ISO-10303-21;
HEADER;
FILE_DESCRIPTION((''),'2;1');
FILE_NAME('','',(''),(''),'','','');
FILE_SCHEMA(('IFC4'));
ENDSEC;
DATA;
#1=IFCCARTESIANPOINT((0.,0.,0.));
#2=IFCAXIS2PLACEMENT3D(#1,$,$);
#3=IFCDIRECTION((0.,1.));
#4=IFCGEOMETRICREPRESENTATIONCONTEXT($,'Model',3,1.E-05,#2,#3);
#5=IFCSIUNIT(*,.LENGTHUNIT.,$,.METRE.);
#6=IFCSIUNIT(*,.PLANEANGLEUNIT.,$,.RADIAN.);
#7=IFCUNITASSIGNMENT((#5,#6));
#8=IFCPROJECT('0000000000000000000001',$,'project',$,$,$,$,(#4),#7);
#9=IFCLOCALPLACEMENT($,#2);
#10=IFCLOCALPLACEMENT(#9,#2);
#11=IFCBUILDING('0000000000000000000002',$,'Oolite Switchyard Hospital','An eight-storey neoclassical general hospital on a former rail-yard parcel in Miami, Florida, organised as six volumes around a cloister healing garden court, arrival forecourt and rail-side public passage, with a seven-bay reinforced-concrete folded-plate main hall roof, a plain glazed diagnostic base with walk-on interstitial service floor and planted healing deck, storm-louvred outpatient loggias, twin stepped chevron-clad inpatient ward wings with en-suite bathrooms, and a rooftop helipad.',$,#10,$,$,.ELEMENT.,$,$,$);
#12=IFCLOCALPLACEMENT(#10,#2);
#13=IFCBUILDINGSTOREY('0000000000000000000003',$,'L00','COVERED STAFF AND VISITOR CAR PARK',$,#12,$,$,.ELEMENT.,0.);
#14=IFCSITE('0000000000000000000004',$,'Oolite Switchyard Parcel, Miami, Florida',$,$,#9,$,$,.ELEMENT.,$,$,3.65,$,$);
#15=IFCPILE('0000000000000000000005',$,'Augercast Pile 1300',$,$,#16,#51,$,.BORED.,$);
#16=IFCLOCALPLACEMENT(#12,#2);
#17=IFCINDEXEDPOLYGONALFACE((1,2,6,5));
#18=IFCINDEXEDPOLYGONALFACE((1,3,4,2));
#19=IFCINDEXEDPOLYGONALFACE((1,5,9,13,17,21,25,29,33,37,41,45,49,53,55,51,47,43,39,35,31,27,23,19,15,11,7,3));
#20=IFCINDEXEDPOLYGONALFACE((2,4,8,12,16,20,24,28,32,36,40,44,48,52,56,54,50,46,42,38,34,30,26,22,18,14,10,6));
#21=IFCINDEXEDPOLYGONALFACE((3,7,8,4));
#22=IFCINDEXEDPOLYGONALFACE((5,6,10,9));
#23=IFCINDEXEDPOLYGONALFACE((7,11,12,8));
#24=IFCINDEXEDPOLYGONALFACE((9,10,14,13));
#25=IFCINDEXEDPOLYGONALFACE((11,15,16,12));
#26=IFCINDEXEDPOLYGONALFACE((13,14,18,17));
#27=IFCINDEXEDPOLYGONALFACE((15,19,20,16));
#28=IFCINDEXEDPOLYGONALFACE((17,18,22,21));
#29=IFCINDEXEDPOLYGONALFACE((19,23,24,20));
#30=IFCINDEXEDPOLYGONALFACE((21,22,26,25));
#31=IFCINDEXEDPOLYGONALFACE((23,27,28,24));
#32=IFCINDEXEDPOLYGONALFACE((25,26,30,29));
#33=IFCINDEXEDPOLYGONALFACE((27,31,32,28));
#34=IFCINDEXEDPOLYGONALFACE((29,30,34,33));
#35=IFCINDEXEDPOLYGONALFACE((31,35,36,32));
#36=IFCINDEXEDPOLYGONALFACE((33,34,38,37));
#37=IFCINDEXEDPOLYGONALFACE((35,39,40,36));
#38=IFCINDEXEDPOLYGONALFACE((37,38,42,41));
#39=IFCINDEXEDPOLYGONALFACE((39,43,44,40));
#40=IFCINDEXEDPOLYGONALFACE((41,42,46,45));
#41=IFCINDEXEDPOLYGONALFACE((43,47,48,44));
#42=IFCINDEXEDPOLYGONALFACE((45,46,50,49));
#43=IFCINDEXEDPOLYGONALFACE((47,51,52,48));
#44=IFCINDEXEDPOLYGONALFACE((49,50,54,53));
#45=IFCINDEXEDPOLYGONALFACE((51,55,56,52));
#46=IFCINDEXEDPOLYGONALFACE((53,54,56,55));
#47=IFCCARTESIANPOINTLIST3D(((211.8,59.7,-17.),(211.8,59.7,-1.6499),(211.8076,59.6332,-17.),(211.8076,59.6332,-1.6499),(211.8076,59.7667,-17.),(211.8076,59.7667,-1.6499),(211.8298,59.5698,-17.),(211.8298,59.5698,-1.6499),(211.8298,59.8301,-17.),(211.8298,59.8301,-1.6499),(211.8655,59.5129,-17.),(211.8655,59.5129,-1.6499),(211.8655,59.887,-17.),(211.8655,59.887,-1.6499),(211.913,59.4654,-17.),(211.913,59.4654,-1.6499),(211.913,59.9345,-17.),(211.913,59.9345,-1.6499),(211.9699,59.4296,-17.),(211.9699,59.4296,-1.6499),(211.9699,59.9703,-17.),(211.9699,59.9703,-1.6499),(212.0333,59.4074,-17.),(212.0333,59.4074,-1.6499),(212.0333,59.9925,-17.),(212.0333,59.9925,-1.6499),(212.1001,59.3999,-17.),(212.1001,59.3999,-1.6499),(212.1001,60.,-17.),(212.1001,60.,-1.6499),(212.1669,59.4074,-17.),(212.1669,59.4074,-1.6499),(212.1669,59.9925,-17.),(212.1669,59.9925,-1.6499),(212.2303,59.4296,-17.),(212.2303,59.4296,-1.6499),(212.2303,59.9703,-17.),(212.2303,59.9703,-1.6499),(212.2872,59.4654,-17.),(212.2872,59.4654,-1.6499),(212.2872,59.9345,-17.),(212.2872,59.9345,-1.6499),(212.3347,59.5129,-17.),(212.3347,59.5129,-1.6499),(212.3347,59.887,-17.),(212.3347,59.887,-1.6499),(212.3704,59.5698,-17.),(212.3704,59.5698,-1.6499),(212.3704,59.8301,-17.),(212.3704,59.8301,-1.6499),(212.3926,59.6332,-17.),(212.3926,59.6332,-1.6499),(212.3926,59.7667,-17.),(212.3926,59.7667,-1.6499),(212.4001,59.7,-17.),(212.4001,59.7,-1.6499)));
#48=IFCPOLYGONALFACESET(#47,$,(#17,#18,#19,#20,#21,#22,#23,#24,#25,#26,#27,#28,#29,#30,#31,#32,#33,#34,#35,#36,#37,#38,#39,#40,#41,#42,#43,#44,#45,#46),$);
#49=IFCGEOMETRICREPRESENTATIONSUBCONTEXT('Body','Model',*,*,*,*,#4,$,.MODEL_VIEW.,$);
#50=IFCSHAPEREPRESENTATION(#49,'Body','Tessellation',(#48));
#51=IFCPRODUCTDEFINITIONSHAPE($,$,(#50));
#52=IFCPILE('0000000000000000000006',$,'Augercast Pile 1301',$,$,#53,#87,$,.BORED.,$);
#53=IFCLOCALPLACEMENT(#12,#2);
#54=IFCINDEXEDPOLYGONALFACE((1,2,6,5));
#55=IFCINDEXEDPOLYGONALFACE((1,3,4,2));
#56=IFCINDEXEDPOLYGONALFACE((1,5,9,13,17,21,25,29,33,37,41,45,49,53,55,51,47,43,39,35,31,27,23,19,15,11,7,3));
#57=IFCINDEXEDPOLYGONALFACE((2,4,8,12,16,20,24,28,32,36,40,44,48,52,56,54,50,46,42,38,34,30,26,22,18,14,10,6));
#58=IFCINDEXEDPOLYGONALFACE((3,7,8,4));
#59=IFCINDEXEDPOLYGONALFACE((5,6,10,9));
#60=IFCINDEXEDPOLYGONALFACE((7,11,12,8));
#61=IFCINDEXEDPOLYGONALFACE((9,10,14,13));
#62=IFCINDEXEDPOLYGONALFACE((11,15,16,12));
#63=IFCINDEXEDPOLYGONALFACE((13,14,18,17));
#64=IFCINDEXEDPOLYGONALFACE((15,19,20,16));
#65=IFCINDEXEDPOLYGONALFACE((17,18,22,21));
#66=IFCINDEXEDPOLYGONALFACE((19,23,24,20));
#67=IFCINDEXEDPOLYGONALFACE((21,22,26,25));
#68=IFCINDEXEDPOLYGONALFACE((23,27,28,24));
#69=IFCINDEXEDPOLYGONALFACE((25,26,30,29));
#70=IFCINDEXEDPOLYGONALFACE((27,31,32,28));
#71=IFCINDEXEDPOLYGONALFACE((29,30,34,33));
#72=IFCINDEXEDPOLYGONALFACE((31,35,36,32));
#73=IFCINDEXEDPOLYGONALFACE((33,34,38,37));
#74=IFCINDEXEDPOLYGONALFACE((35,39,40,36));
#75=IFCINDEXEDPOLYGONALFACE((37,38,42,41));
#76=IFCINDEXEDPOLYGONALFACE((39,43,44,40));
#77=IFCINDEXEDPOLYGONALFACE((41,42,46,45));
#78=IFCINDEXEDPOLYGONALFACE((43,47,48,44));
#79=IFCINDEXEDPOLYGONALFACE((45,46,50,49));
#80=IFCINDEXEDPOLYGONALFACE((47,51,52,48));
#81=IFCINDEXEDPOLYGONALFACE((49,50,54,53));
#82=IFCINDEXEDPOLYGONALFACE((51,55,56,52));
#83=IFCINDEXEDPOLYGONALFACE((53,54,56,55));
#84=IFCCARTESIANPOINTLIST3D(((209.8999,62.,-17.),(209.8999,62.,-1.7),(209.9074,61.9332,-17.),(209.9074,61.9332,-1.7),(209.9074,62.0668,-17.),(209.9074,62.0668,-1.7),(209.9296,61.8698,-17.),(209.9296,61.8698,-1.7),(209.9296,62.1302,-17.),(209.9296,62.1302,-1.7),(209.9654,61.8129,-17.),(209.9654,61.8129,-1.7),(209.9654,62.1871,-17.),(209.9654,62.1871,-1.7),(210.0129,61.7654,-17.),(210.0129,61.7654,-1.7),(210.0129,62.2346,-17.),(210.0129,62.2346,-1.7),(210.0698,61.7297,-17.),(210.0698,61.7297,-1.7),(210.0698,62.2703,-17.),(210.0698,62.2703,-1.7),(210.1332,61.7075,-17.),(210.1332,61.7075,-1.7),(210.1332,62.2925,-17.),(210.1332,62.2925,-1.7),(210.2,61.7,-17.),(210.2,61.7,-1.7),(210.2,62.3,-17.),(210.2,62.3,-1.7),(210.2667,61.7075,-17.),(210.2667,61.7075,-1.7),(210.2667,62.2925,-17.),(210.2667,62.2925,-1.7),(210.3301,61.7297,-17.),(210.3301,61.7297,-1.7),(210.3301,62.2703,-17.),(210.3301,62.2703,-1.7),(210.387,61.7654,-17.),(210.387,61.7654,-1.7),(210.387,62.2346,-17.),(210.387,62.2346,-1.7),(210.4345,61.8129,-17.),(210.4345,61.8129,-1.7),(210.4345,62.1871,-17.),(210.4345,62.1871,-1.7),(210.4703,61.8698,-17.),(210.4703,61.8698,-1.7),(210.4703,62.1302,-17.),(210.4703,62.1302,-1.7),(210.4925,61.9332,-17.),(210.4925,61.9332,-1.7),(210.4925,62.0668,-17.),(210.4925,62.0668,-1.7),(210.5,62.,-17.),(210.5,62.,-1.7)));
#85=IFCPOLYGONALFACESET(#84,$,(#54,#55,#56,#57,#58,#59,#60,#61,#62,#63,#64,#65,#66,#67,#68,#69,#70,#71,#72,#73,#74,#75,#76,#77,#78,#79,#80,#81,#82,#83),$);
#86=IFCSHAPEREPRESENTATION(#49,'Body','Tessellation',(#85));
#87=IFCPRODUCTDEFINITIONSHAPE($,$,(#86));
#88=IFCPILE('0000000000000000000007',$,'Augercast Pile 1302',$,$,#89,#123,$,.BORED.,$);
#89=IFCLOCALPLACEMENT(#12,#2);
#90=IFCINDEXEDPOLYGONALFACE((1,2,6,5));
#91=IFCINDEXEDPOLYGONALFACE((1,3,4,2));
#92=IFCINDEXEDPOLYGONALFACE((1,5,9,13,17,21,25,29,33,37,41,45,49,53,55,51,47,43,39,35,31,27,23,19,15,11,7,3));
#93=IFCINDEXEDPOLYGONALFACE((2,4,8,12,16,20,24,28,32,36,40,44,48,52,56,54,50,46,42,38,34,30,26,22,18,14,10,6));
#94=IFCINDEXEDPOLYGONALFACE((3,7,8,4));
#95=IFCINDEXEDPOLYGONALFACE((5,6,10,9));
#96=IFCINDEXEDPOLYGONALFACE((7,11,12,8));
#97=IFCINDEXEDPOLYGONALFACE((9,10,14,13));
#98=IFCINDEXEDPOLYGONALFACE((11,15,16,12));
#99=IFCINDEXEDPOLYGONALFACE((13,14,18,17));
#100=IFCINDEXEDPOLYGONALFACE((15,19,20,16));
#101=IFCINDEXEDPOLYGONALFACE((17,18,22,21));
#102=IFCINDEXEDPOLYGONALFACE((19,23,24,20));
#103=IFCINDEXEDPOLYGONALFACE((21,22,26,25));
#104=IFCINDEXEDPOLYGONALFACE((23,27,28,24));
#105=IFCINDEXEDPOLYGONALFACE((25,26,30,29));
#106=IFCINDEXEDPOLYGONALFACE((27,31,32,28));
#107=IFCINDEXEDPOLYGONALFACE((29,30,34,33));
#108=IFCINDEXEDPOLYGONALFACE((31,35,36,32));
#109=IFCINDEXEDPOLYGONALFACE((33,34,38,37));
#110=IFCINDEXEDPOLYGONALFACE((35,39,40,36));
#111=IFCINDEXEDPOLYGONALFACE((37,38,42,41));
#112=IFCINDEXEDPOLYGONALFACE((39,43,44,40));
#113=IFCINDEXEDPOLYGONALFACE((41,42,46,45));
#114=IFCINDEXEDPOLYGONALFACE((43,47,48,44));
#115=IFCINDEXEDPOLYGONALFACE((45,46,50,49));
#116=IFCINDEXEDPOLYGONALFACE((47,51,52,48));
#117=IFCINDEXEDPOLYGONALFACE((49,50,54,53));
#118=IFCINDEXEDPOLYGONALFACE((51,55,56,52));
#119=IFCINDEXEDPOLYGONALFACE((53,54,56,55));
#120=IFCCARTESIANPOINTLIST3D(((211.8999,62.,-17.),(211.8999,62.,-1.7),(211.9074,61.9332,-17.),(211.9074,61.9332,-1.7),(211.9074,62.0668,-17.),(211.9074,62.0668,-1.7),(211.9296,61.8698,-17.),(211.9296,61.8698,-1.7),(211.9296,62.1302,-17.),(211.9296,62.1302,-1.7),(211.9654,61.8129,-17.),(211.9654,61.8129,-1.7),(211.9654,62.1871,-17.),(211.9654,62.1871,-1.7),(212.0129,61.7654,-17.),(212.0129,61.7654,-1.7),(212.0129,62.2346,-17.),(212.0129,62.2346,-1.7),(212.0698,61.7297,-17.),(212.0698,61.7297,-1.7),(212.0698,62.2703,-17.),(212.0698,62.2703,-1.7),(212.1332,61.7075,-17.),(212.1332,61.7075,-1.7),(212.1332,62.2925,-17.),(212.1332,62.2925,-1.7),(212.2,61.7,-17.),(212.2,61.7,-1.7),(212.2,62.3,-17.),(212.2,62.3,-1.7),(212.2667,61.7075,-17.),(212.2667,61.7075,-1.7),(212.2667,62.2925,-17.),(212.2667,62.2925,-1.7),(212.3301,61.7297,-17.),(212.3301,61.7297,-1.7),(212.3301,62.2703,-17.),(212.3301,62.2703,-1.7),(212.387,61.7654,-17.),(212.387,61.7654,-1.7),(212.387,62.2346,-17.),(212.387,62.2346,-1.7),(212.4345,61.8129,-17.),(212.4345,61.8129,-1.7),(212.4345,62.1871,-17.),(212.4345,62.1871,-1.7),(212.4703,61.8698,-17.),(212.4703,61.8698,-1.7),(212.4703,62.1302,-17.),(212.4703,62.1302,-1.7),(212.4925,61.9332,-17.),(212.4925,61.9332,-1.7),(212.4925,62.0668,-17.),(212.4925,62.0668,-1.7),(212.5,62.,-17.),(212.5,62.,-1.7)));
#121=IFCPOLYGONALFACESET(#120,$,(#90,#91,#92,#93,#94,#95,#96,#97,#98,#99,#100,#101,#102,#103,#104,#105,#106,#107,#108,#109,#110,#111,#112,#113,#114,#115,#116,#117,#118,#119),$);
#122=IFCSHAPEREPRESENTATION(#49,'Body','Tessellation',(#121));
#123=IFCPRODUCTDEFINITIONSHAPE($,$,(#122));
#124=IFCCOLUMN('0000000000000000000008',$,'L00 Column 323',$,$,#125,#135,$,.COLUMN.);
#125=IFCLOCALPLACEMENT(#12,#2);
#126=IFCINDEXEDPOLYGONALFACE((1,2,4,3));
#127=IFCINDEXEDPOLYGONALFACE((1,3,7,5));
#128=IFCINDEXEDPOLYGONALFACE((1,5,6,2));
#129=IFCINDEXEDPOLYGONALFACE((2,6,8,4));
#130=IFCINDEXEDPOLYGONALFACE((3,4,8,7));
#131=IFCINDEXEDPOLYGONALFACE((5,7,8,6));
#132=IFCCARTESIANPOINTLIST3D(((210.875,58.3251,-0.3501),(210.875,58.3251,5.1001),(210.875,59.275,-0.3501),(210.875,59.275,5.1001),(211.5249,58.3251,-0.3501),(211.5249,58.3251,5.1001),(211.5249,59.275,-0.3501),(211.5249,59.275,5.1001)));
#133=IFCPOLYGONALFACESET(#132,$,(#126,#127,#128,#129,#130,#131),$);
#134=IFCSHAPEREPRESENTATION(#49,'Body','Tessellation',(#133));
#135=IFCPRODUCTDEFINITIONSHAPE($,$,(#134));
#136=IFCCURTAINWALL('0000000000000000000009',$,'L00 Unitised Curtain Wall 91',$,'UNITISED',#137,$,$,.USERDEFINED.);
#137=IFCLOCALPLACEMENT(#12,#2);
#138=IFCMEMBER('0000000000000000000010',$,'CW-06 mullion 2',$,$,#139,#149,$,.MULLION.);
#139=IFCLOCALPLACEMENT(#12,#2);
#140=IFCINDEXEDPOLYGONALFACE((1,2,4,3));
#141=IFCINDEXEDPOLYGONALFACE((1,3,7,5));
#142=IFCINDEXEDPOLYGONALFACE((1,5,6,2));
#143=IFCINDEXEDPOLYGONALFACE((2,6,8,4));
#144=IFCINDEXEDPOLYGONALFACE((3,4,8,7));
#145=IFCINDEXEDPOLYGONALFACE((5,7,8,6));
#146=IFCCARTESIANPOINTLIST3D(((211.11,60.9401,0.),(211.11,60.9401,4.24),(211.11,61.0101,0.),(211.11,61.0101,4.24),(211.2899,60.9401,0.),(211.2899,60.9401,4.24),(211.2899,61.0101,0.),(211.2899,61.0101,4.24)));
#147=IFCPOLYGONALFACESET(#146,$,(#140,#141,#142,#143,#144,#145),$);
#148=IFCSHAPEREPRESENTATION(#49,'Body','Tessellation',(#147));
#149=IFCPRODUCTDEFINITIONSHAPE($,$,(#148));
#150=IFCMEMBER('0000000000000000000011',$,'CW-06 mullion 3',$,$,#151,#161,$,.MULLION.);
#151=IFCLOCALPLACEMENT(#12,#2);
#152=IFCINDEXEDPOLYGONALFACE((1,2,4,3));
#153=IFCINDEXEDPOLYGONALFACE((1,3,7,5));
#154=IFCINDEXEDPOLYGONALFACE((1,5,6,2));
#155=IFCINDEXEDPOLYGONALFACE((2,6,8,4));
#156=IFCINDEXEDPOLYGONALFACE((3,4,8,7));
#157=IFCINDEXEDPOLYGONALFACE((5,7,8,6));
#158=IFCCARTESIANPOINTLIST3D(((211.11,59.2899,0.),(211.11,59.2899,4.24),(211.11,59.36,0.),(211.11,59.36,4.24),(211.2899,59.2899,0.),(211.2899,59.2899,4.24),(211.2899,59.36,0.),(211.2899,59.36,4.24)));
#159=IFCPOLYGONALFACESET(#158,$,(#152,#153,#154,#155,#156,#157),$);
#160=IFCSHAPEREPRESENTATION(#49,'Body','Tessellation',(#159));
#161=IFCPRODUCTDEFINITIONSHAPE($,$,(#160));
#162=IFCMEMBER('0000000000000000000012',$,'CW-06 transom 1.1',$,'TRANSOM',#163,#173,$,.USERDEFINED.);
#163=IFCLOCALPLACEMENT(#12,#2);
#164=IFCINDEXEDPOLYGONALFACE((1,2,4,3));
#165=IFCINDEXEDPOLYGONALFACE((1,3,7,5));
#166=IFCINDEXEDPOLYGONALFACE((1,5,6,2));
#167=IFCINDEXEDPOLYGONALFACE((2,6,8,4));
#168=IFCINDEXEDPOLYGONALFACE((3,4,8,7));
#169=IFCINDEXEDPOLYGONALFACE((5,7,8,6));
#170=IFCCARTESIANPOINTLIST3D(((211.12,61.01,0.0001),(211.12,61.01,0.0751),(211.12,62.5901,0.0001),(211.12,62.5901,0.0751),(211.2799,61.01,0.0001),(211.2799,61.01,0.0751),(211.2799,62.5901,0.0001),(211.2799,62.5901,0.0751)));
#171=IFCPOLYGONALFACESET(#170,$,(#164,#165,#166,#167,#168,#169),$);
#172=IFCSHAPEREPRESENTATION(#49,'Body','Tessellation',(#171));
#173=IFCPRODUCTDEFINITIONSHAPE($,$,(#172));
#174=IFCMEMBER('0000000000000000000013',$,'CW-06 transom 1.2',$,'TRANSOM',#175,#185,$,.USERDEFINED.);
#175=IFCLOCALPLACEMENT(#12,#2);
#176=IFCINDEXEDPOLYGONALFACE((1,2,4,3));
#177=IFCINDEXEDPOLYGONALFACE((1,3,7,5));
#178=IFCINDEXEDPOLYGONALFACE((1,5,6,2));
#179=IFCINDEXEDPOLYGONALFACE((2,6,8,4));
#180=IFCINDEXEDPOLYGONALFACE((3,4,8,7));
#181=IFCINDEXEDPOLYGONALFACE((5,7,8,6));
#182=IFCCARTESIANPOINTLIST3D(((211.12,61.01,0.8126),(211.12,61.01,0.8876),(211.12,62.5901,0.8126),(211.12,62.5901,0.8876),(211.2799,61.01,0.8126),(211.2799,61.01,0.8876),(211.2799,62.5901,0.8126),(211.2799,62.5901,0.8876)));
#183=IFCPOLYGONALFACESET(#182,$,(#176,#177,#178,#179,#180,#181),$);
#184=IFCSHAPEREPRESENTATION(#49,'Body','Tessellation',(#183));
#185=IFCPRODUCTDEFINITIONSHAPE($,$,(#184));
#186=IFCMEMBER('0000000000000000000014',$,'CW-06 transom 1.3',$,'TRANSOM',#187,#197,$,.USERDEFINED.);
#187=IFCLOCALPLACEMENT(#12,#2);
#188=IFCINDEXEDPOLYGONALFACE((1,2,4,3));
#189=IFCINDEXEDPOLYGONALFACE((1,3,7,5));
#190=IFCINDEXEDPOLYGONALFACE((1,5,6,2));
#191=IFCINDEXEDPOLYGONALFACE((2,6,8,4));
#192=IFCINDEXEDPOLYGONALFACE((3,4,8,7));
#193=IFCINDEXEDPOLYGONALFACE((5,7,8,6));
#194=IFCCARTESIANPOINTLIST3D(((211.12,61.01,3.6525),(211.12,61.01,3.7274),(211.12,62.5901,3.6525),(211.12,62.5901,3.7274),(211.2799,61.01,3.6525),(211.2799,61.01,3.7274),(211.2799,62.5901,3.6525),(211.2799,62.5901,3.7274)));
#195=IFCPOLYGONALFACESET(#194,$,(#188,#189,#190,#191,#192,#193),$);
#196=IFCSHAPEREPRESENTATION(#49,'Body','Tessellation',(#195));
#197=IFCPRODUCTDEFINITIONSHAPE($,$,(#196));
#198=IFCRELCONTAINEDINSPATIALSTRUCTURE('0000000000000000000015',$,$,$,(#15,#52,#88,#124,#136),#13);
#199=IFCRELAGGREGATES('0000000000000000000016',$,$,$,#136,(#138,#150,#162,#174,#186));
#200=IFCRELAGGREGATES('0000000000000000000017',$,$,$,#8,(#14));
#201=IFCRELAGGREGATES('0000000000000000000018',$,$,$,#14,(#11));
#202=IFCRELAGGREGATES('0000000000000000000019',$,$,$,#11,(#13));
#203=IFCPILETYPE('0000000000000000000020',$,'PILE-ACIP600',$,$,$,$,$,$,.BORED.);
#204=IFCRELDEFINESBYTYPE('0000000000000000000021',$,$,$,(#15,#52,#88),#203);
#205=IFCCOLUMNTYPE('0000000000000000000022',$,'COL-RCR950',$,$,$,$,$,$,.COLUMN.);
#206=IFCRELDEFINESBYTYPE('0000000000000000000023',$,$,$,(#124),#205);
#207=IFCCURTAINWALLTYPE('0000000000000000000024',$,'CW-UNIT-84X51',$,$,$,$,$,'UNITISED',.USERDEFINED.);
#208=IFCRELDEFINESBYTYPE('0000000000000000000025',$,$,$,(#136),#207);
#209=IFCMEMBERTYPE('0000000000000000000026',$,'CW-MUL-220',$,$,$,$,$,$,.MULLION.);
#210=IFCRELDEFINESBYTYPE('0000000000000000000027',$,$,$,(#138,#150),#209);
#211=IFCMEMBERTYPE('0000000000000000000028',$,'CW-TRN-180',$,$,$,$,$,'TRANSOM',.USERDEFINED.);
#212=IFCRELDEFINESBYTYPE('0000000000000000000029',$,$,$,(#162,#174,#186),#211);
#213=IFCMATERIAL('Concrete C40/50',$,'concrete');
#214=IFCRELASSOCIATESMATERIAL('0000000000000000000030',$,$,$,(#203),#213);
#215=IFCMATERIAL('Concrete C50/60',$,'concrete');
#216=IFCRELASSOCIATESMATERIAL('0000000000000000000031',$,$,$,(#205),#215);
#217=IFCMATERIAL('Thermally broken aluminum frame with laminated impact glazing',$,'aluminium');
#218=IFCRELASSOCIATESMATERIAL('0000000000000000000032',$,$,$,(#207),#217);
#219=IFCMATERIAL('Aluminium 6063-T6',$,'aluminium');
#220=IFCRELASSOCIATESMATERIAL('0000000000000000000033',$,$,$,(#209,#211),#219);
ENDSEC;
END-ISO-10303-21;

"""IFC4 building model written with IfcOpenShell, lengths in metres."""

from ifc_helpers import new_model, si_unit, direction, frame, origin, origin_2d, place, context, subcontext, project, spatial, rectangle, circle, extrude, material, material_profile, profile_set, type_object, element, aggregate, save


model = new_model("IFC4")

# Units and contexts
model_context = context("Model", 3, precision=1e-05, world=origin(), true_north=direction((0.0, 1.0)))
body_context = subcontext(model_context, "Body", "Model", "MODEL_VIEW")
ifc_project = project(units=[si_unit("LENGTHUNIT", "METRE"), si_unit("PLANEANGLEUNIT", "RADIAN")], contexts=[model_context])

# Site, building, storey
site_placement = place(None, origin())
site = spatial("IfcSite", under=ifc_project, at=site_placement, Name="Oolite Switchyard Parcel, Miami, Florida", CompositionType="ELEMENT", RefElevation=3.65)
building_placement = place(site_placement, origin())
building = spatial("IfcBuilding", under=site, at=building_placement, Name="Oolite Switchyard Hospital", Description="An eight-storey neoclassical general hospital on a former rail-yard parcel in Miami, Florida, organised as six volumes around a cloister healing garden court, arrival forecourt and rail-side public passage, with a seven-bay reinforced-concrete folded-plate main hall roof, a plain glazed diagnostic base with walk-on interstitial service floor and planted healing deck, storm-louvred outpatient loggias, twin stepped chevron-clad inpatient ward wings with en-suite bathrooms, and a rooftop helipad.", CompositionType="ELEMENT")
storey_placement = place(building_placement, origin())
storey = spatial("IfcBuildingStorey", under=building, at=storey_placement, Name="L00", Description="COVERED STAFF AND VISITOR CAR PARK", CompositionType="ELEMENT", Elevation=0.0)

# Shared definitions
ifc_material_1 = material(Name="Concrete C40/50", Category="concrete")

# Piles
ifc_material_profile_1 = material_profile(ifc_material_1, circle(Radius=0.3, at=origin_2d()), Name="PILE600")
ifc_profile_set_1 = profile_set([ifc_material_profile_1], Name="Concrete C40/50")
pile_type = type_object("IfcPileType", Name="PILE-ACIP600", PredefinedType="BORED", material=ifc_profile_set_1)
for number, where, z_axis, x_axis, name in (
    (1, (212.1001, 59.7, -1.6499), (0.0, 0.0, -1.0), (1.0, 0.0, 0.0), "Augercast Pile 1300"),
):
    element("IfcPile", number, at=place(storey_placement, frame(where, z_axis=z_axis, x_axis=x_axis)), inside=storey, type_object=pile_type, Name=name, PredefinedType="BORED", context=body_context, shape_type="SweptSolid", body=[
        extrude(circle(Radius=0.3, at=origin_2d()), origin(), (0.0, 0.0, 1.0), 15.3501),
    ])
for number, where, z_axis, x_axis, name in (
    (2, (210.2, 62.0, -1.7), (0.0, 0.0, -1.0), (1.0, 0.0, 0.0), "Augercast Pile 1301"),
    (3, (212.2, 62.0, -1.7), (0.0, 0.0, -1.0), (1.0, 0.0, 0.0), "Augercast Pile 1302"),
):
    element("IfcPile", number, at=place(storey_placement, frame(where, z_axis=z_axis, x_axis=x_axis)), inside=storey, type_object=pile_type, Name=name, PredefinedType="BORED", context=body_context, shape_type="SweptSolid", body=[
        extrude(circle(Radius=0.3, at=origin_2d()), origin(), (0.0, 0.0, 1.0), 15.3),
    ])

# Column
ifc_material_2 = material(Name="Concrete C50/60", Category="concrete")
ifc_material_profile_2 = material_profile(ifc_material_2, rectangle(XDim=0.95, YDim=0.6499, at=origin_2d()), Name="RC950X650")
ifc_profile_set_2 = profile_set([ifc_material_profile_2], Name="Concrete C50/60")
column_type = type_object("IfcColumnType", Name="COL-RCR950", PredefinedType="COLUMN", material=ifc_profile_set_2)
column_placement = place(storey_placement, frame((211.2, 58.8, -0.3501), z_axis=(0.0, 0.0, 1.0), x_axis=(0.0, 1.0, 0.0)))
element("IfcColumn", 4, at=column_placement, inside=storey, type_object=column_type, Name="L00 Column 323", PredefinedType="COLUMN", context=body_context, shape_type="SweptSolid", body=[
    extrude(rectangle(XDim=0.95, YDim=0.6499, at=origin_2d()), origin(), (0.0, 0.0, 1.0), 5.4502),
])

# Curtain wall, members
ifc_material_3 = material(Name="Thermally broken aluminum frame with laminated impact glazing", Category="aluminium")
curtain_wall_type = type_object("IfcCurtainWallType", Name="CW-UNIT-84X51", ElementType="UNITISED", PredefinedType="USERDEFINED", material=ifc_material_3)
curtain_wall_placement = place(storey_placement, origin())
curtain_wall = element("IfcCurtainWall", 5, at=curtain_wall_placement, inside=storey, type_object=curtain_wall_type, Name="L00 Unitised Curtain Wall 91", ObjectType="UNITISED", PredefinedType="USERDEFINED")
ifc_material_4 = material(Name="Aluminium 6063-T6", Category="aluminium")
ifc_material_profile_3 = material_profile(ifc_material_4, rectangle(XDim=0.1799, YDim=0.0701, at=origin_2d()), Name="CWM70X180")
ifc_profile_set_3 = profile_set([ifc_material_profile_3], Name="Aluminium 6063-T6")
member_type_1 = type_object("IfcMemberType", Name="CW-MUL-220", PredefinedType="MULLION", material=ifc_profile_set_3)
member_1_placement = place(storey_placement, frame((211.2, 60.9751, 0.0), z_axis=(0.0, 0.0, 1.0), x_axis=(1.0, 0.0, 0.0)))
member_1 = element("IfcMember", 6, at=member_1_placement, type_object=member_type_1, Name="CW-06 mullion 2", PredefinedType="MULLION", context=body_context, shape_type="SweptSolid", body=[
    extrude(rectangle(XDim=0.1799, YDim=0.0701, at=origin_2d()), origin(), (0.0, 0.0, 1.0), 4.24),
])
member_2_placement = place(storey_placement, frame((211.2, 59.325, 0.0), z_axis=(0.0, 0.0, 1.0), x_axis=(1.0, 0.0, 0.0)))
member_2 = element("IfcMember", 7, at=member_2_placement, type_object=member_type_1, Name="CW-06 mullion 3", PredefinedType="MULLION", context=body_context, shape_type="SweptSolid", body=[
    extrude(rectangle(XDim=0.1799, YDim=0.0701, at=origin_2d()), origin(), (0.0, 0.0, 1.0), 4.24),
])
ifc_material_profile_4 = material_profile(ifc_material_4, rectangle(XDim=0.1599, YDim=0.075, at=origin_2d()), Name="CWT75X160")
ifc_profile_set_4 = profile_set([ifc_material_profile_4], Name="Aluminium 6063-T6")
member_type_2 = type_object("IfcMemberType", Name="CW-TRN-180", ElementType="TRANSOM", PredefinedType="USERDEFINED", material=ifc_profile_set_4)
member_3_placement = place(storey_placement, frame((211.2, 62.5901, 0.0376), z_axis=(0.0, -1.0, 0.0), x_axis=(1.0, 0.0, 0.0)))
member_3 = element("IfcMember", 8, at=member_3_placement, type_object=member_type_2, Name="CW-06 transom 1.1", ObjectType="TRANSOM", PredefinedType="USERDEFINED", context=body_context, shape_type="SweptSolid", body=[
    extrude(rectangle(XDim=0.1599, YDim=0.075, at=origin_2d()), origin(), (0.0, 0.0, 1.0), 1.5801),
])
member_4_placement = place(storey_placement, frame((211.2, 62.5901, 0.8501), z_axis=(0.0, -1.0, 0.0), x_axis=(1.0, 0.0, 0.0)))
member_4 = element("IfcMember", 9, at=member_4_placement, type_object=member_type_2, Name="CW-06 transom 1.2", ObjectType="TRANSOM", PredefinedType="USERDEFINED", context=body_context, shape_type="SweptSolid", body=[
    extrude(rectangle(XDim=0.1599, YDim=0.075, at=origin_2d()), origin(), (0.0, 0.0, 1.0), 1.5801),
])
member_5_placement = place(storey_placement, frame((211.2, 62.5901, 3.6899), z_axis=(0.0, -1.0, 0.0), x_axis=(1.0, 0.0, 0.0)))
member_5 = element("IfcMember", 10, at=member_5_placement, type_object=member_type_2, Name="CW-06 transom 1.3", ObjectType="TRANSOM", PredefinedType="USERDEFINED", context=body_context, shape_type="SweptSolid", body=[
    extrude(rectangle(XDim=0.1599, YDim=0.075, at=origin_2d()), origin(), (0.0, 0.0, 1.0), 1.5801),
])
aggregate(curtain_wall, [member_1, member_2, member_3, member_4, member_5])

save(model, "model.ifc")
